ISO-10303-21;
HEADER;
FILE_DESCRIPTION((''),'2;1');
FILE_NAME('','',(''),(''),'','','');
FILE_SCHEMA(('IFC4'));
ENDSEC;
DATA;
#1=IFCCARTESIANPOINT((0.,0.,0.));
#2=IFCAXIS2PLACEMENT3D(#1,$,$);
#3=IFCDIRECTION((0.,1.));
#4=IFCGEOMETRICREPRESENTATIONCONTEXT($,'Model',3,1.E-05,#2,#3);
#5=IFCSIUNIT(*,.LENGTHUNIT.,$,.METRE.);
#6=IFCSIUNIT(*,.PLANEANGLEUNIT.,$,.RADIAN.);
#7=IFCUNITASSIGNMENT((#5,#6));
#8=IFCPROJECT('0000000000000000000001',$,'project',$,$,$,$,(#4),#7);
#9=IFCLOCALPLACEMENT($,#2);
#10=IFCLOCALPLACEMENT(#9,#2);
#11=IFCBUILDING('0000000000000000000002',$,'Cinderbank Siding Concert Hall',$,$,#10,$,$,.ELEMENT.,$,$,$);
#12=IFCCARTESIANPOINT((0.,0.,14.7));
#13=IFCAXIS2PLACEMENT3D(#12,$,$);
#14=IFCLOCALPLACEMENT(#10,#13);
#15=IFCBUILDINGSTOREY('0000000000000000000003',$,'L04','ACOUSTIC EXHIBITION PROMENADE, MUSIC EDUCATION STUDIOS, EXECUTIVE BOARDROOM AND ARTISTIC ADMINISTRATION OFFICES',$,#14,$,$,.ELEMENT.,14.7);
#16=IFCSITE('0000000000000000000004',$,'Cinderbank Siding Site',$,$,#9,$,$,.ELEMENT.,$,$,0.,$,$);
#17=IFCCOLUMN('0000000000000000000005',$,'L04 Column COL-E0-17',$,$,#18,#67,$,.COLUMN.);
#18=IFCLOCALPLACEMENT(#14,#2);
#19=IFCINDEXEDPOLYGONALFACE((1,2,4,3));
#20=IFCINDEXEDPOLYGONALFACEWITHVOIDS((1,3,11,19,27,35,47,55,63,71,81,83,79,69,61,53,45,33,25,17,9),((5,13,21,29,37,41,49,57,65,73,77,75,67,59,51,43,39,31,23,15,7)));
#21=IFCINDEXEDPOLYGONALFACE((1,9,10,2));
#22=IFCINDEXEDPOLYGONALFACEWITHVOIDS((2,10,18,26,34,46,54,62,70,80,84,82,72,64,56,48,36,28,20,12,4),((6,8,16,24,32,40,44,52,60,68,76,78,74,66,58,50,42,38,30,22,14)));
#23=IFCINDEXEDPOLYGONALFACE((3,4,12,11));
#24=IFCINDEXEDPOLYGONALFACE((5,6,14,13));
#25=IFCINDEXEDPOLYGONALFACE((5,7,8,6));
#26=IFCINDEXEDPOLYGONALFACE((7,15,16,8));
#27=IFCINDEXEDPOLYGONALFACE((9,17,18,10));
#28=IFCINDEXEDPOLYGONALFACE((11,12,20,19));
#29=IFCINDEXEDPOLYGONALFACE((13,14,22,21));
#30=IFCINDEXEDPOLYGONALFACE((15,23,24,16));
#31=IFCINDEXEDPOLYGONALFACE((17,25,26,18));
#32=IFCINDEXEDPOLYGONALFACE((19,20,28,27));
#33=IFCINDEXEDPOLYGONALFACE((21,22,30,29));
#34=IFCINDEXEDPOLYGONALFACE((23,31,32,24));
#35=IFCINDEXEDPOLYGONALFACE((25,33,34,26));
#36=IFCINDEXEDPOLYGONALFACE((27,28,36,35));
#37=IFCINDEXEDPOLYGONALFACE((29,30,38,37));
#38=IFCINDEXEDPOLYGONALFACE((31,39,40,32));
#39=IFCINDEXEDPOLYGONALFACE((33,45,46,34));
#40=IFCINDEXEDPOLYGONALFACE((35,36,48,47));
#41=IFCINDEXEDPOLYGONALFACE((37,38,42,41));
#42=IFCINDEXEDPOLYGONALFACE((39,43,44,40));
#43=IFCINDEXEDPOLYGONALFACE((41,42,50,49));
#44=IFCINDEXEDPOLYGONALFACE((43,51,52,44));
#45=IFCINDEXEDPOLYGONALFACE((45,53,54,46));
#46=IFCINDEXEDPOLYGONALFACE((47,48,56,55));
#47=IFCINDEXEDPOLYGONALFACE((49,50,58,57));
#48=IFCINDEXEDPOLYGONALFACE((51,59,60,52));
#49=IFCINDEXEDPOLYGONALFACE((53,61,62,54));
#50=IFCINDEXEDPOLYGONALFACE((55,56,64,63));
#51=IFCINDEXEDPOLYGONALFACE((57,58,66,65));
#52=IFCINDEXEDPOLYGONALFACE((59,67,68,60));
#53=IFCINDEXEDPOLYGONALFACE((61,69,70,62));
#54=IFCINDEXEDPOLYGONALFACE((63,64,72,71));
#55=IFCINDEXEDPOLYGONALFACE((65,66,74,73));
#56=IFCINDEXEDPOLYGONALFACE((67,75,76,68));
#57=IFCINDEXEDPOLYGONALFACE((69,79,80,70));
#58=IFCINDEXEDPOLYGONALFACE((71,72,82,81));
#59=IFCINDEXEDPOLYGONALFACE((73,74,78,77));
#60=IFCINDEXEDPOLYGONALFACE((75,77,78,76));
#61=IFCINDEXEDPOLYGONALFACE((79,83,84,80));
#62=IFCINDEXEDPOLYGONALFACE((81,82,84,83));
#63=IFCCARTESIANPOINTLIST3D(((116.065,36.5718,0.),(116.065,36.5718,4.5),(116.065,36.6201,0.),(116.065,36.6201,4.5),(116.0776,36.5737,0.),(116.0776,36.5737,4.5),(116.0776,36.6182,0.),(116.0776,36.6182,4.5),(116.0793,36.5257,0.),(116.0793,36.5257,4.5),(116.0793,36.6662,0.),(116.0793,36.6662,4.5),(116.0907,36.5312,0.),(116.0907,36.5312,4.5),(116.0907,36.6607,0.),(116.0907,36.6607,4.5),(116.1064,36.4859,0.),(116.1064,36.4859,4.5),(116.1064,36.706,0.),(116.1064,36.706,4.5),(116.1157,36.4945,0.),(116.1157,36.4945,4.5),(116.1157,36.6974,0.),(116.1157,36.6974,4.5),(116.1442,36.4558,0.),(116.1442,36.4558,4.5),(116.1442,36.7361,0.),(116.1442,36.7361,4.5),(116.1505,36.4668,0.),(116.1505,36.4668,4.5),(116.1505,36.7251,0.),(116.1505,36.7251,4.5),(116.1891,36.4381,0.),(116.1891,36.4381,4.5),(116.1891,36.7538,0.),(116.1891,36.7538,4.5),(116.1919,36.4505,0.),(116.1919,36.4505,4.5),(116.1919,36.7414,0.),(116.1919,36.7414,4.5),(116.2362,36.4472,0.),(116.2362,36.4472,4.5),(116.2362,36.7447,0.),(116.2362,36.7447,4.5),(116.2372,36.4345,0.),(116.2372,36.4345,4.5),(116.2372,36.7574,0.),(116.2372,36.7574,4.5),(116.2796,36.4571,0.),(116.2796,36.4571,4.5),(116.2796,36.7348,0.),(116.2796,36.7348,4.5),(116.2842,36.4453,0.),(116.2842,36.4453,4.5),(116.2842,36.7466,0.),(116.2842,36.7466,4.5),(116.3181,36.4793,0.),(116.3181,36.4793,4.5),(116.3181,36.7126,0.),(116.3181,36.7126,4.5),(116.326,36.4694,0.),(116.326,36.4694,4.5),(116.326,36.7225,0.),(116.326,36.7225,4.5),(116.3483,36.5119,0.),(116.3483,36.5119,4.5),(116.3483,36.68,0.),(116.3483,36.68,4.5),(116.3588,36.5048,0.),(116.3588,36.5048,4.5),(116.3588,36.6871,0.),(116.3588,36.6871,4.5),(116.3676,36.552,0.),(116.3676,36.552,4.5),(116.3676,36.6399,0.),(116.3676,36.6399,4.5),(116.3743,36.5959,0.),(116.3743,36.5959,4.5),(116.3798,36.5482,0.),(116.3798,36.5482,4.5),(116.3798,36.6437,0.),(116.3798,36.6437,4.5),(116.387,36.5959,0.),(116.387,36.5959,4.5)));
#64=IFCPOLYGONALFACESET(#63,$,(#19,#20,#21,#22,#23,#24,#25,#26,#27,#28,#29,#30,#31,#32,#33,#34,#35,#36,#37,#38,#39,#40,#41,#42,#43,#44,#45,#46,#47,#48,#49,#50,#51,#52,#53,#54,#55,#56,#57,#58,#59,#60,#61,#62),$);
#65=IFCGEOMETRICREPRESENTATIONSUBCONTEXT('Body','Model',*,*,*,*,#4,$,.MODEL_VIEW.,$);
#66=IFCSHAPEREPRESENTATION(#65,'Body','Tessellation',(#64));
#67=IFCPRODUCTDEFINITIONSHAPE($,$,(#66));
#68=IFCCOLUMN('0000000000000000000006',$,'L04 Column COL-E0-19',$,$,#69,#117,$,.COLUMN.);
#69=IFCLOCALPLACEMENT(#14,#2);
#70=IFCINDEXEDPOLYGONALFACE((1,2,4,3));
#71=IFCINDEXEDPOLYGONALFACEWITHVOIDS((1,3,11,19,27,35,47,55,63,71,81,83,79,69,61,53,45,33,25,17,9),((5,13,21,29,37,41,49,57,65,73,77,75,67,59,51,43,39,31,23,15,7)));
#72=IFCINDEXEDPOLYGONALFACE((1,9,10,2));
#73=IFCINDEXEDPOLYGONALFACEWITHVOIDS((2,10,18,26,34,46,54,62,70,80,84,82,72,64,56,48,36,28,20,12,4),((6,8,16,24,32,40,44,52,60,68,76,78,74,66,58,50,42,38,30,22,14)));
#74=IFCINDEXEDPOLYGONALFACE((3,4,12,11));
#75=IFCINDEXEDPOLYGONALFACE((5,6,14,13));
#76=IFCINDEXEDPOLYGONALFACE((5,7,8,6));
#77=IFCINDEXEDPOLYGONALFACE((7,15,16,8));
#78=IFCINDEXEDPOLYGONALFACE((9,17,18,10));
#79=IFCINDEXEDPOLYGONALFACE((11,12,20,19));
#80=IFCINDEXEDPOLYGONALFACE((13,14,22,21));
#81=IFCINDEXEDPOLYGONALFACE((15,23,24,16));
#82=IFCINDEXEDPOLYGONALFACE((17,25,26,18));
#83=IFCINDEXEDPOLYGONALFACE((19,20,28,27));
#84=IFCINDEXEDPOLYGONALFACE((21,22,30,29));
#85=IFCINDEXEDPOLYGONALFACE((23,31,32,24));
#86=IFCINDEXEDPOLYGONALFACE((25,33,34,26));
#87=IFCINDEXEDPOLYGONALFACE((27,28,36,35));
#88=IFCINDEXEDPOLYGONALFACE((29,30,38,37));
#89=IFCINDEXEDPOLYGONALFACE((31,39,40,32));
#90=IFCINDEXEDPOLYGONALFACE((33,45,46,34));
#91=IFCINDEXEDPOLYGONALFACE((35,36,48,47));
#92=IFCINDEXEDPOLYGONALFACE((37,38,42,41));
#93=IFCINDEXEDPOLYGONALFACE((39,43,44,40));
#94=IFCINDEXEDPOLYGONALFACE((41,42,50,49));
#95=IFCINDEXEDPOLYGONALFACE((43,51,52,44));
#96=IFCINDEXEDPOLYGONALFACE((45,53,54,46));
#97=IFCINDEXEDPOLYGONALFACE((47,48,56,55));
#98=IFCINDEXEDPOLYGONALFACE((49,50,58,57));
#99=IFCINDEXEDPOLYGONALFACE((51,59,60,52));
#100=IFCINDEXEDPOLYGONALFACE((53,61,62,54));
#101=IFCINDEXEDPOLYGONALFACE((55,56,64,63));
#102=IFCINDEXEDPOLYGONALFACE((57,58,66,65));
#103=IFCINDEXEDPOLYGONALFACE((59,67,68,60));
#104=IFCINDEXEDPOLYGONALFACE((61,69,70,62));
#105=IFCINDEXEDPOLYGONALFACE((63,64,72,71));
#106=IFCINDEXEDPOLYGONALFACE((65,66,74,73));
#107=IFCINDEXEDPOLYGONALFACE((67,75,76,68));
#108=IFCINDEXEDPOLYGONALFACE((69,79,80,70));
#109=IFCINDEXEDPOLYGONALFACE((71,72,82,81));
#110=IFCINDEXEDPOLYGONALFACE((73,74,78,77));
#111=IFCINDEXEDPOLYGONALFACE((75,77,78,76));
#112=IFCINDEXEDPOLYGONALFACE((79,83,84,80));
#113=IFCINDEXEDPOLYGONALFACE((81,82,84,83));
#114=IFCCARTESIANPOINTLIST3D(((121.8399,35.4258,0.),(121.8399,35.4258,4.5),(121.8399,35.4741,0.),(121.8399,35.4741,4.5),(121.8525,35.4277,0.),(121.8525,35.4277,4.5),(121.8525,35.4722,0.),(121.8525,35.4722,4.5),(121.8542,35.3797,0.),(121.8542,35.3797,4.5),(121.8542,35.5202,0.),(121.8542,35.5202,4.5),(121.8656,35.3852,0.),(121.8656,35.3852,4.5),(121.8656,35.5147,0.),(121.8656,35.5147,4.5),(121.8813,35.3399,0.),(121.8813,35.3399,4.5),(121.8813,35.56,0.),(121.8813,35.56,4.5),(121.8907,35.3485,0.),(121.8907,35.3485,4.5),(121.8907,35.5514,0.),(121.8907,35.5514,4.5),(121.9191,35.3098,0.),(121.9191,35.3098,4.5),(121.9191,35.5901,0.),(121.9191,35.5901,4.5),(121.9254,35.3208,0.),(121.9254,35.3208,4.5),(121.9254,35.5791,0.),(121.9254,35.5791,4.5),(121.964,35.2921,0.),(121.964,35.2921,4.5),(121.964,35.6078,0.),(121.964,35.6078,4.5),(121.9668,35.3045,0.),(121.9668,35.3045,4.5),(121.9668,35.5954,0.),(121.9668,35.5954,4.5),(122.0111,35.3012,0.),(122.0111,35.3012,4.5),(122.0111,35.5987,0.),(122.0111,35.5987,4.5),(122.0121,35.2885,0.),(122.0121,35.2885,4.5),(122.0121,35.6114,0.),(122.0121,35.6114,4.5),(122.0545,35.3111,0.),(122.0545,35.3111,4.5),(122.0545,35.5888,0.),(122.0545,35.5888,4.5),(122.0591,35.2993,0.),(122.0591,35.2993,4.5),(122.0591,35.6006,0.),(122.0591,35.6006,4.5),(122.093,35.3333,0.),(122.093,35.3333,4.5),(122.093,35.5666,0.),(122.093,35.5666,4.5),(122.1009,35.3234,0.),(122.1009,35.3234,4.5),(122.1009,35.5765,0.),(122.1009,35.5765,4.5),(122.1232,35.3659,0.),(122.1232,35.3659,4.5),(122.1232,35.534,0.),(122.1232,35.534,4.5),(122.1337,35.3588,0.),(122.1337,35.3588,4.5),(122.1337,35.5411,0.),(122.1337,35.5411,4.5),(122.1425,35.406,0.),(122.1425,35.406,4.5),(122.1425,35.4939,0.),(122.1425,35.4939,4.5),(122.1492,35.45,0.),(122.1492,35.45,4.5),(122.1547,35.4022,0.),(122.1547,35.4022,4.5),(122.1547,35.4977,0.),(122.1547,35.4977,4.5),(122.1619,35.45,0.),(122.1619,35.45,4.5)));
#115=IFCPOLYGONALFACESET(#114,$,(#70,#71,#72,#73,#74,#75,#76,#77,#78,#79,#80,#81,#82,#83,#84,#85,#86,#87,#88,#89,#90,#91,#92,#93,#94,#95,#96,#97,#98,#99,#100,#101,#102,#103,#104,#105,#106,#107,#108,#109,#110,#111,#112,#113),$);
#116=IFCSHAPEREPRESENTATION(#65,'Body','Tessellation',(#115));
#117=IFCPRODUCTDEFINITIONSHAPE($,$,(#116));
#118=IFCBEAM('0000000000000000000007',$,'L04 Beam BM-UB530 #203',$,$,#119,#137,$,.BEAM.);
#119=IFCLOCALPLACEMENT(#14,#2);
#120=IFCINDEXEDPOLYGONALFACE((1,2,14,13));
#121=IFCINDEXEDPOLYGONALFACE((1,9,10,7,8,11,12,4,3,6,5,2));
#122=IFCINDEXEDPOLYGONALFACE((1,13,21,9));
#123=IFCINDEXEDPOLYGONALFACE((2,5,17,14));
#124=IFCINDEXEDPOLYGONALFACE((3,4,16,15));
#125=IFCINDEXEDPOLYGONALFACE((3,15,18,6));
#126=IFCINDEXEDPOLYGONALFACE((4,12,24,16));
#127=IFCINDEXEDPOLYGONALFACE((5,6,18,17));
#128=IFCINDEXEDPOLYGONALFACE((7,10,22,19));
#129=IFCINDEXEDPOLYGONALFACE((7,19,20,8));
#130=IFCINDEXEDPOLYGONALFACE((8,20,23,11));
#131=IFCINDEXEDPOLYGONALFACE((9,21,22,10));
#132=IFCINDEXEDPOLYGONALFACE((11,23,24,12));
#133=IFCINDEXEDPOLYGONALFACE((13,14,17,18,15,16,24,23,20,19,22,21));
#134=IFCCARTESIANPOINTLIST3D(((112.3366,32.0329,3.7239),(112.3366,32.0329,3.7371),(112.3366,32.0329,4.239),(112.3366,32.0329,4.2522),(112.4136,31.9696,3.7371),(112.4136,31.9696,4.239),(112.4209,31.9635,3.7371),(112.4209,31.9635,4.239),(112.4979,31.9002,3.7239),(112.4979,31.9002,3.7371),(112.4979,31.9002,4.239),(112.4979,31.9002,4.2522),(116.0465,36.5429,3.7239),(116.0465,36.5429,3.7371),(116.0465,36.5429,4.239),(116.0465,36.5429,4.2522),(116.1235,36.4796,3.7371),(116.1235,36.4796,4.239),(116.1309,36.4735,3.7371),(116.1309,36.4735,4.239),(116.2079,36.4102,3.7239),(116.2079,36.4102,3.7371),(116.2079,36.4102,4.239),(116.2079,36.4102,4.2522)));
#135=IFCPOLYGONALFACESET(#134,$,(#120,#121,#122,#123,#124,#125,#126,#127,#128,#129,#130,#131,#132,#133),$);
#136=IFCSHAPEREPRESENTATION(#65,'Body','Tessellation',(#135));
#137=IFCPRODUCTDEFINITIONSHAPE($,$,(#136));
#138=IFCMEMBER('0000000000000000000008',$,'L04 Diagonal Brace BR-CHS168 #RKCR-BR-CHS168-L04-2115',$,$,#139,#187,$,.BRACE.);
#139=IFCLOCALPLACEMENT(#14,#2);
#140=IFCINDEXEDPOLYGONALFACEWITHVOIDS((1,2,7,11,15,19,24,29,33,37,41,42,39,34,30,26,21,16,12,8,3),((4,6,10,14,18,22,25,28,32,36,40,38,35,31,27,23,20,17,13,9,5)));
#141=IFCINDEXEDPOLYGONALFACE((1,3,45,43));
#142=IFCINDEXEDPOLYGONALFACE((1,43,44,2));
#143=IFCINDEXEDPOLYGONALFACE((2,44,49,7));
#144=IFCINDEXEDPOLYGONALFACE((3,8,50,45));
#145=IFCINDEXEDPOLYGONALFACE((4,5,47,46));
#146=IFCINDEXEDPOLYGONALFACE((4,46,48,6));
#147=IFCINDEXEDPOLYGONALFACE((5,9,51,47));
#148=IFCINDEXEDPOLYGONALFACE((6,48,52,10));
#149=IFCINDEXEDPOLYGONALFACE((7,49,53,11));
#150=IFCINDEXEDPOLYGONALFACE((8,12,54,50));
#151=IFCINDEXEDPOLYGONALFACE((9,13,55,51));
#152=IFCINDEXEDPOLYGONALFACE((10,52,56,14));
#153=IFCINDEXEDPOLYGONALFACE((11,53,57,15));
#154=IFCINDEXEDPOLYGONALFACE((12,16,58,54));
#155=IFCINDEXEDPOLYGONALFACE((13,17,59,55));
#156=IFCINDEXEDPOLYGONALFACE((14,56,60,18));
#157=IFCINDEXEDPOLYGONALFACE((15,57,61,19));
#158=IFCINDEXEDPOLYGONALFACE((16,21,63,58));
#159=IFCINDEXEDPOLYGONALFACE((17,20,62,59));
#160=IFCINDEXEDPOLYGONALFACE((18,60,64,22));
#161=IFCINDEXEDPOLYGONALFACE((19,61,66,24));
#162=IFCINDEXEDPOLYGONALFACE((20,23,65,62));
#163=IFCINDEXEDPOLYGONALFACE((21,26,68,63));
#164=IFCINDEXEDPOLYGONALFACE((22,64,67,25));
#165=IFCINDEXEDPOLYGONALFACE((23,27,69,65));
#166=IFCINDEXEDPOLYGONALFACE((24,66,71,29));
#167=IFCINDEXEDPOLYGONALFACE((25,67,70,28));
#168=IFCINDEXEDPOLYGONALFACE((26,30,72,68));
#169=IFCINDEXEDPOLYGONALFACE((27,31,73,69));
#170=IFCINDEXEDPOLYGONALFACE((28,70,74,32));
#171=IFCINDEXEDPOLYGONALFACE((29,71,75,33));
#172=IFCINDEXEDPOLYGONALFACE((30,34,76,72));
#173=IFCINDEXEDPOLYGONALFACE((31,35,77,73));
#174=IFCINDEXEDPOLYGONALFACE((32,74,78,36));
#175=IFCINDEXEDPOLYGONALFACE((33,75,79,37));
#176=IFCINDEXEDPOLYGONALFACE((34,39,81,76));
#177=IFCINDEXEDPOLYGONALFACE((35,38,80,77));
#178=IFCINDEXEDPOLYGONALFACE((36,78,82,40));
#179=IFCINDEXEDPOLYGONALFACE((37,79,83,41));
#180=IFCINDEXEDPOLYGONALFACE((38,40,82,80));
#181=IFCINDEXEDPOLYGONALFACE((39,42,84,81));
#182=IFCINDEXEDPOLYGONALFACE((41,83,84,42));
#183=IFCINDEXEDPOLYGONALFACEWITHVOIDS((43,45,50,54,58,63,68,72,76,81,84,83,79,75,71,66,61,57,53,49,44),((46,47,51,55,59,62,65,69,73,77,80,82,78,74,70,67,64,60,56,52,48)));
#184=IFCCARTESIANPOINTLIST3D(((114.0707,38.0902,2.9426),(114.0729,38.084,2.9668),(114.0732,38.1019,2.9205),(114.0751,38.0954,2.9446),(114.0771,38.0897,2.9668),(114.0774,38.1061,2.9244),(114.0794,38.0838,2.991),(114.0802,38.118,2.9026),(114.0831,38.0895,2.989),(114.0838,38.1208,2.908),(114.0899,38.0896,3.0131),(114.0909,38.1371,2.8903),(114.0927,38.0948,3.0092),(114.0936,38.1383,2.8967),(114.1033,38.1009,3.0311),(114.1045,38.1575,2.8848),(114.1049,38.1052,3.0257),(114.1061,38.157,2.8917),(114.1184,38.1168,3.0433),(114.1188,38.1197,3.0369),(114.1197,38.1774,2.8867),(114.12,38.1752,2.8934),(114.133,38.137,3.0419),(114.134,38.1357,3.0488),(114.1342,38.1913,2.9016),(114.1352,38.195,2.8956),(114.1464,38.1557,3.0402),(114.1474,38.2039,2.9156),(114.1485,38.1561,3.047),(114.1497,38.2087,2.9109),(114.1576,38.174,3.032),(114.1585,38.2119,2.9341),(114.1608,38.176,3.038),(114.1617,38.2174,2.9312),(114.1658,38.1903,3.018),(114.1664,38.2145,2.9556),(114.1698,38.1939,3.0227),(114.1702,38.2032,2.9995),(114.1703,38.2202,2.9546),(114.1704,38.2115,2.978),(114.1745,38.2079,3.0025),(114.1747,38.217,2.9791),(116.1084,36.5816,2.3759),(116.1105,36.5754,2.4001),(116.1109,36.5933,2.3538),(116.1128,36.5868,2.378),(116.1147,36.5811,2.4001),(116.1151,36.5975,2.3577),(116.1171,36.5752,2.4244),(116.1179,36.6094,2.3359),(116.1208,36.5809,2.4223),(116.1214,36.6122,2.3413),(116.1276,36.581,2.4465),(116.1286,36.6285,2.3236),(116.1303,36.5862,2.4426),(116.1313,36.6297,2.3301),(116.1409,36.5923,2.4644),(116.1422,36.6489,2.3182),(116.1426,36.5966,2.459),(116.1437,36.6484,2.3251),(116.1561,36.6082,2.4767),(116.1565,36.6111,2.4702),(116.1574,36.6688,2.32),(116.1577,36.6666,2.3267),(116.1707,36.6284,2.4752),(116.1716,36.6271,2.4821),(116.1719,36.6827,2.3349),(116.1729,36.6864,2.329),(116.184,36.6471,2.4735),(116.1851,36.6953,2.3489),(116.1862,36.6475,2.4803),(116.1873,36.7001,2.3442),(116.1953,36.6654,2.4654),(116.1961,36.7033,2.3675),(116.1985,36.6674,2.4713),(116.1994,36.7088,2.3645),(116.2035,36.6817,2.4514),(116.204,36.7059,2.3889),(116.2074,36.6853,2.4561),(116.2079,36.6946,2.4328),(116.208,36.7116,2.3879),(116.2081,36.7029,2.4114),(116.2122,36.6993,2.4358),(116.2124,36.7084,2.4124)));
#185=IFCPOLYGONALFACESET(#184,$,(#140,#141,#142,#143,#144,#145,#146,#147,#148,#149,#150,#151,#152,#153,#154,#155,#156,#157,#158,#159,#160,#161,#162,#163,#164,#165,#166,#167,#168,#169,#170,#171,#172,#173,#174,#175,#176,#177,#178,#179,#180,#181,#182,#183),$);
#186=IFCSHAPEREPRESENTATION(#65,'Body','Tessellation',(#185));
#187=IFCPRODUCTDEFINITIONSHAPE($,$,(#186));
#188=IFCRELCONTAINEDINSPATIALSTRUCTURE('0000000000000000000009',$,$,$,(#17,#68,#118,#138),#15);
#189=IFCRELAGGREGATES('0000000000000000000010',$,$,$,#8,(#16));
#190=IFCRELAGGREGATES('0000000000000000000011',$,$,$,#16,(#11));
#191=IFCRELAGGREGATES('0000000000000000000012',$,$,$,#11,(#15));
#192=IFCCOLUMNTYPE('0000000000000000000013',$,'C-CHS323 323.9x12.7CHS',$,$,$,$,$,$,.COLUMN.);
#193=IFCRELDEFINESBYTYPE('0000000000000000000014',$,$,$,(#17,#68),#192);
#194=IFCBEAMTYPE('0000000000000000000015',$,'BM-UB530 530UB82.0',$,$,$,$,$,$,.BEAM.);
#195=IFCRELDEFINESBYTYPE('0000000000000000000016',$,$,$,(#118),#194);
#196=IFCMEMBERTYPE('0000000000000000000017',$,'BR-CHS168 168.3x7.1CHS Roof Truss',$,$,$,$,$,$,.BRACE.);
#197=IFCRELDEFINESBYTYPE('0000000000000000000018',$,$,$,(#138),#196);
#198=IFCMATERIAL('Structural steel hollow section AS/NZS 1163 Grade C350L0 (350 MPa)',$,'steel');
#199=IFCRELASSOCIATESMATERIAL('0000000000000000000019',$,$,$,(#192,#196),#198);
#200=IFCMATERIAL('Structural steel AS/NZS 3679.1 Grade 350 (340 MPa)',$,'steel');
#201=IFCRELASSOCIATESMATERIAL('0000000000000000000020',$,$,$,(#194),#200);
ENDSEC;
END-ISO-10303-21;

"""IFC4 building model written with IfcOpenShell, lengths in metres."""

from ifc_helpers import new_model, si_unit, direction, frame, origin, origin_2d, place, context, subcontext, project, spatial, hollow_circle, i_section, extrude, material, material_profile, profile_set, type_object, element, save


model = new_model("IFC4")

# Units and contexts
model_context = context("Model", 3, precision=1e-05, world=origin(), true_north=direction((0.0, 1.0)))
body_context = subcontext(model_context, "Body", "Model", "MODEL_VIEW")
ifc_project = project(units=[si_unit("LENGTHUNIT", "METRE"), si_unit("PLANEANGLEUNIT", "RADIAN")], contexts=[model_context])

# Site, building, storey
site_placement = place(None, origin())
site = spatial("IfcSite", under=ifc_project, at=site_placement, Name="Cinderbank Siding Site", CompositionType="ELEMENT", RefElevation=0.0)
building_placement = place(site_placement, origin())
building = spatial("IfcBuilding", under=site, at=building_placement, Name="Cinderbank Siding Concert Hall", CompositionType="ELEMENT")
storey_placement = place(building_placement, frame((0.0, 0.0, 14.7)))
storey = spatial("IfcBuildingStorey", under=building, at=storey_placement, Name="L04", Description="ACOUSTIC EXHIBITION PROMENADE, MUSIC EDUCATION STUDIOS, EXECUTIVE BOARDROOM AND ARTISTIC ADMINISTRATION OFFICES", CompositionType="ELEMENT", Elevation=14.7)

# Columns
ifc_material_1 = material(Name="Structural steel hollow section AS/NZS 1163 Grade C350L0 (350 MPa)", Category="steel")
ifc_material_profile_1 = material_profile(ifc_material_1, hollow_circle(Radius=0.1619, WallThickness=0.0127, at=origin_2d()), Name="323.9x12.7CHS", Category="LoadBearing")
ifc_profile_set_1 = profile_set([ifc_material_profile_1], Name="Structural steel hollow section AS/NZS 1163 Grade C350L0 (350 MPa)")
column_type = type_object("IfcColumnType", Name="C-CHS323 323.9x12.7CHS", PredefinedType="COLUMN", material=ifc_profile_set_1)
for number, where, z_axis, x_axis, name in (
    (1, (116.2251, 36.5959, 0.0), (0.0, 0.0, 1.0), (1.0, 0.0, 0.0), "L04 Column COL-E0-17"),
    (2, (122.0, 35.45, 0.0), (0.0, 0.0, 1.0), (1.0, 0.0, 0.0), "L04 Column COL-E0-19"),
):
    element("IfcColumn", number, at=place(storey_placement, frame(where, z_axis=z_axis, x_axis=x_axis)), inside=storey, type_object=column_type, Name=name, PredefinedType="COLUMN", context=body_context, shape_type="SweptSolid", body=[
        extrude(hollow_circle(Radius=0.1619, WallThickness=0.0127, at=origin_2d()), origin(), (0.0, 0.0, 1.0), 4.5),
    ])

# Beam
ifc_material_2 = material(Name="Structural steel AS/NZS 3679.1 Grade 350 (340 MPa)", Category="steel")
ifc_material_profile_2 = material_profile(ifc_material_2, i_section(OverallWidth=0.209, OverallDepth=0.5283, WebThickness=0.0095, FlangeThickness=0.0132, at=origin_2d()), Name="530UB82.0", Category="LoadBearing")
ifc_profile_set_2 = profile_set([ifc_material_profile_2], Name="Structural steel AS/NZS 3679.1 Grade 350 (340 MPa)")
beam_type_1 = type_object("IfcBeamType", Name="BM-UB530 530UB82.0", PredefinedType="BEAM", material=ifc_profile_set_2)
beam_placement = place(storey_placement, frame((116.1272, 36.4766, 3.988), z_axis=(-0.635282, -0.77228, 0.0), x_axis=(0.77228, -0.635282, 0.0)))
element("IfcBeam", 3, at=beam_placement, inside=storey, type_object=beam_type_1, Name="L04 Beam BM-UB530 #203", PredefinedType="BEAM", context=body_context, shape_type="SweptSolid", body=[
    extrude(i_section(OverallWidth=0.209, OverallDepth=0.5283, WebThickness=0.0095, FlangeThickness=0.0132, at=origin_2d()), origin(), (0.0, 0.0, 1.0), 5.8398),
])

# Member
ifc_material_profile_3 = material_profile(ifc_material_1, hollow_circle(Radius=0.0842, WallThickness=0.0071, at=origin_2d()), Name="168.3x7.1CHS", Category="LoadBearing")
ifc_profile_set_3 = profile_set([ifc_material_profile_3], Name="Structural steel hollow section AS/NZS 1163 Grade C350L0 (350 MPa)")
member_type = type_object("IfcMemberType", Name="BR-CHS168 168.3x7.1CHS Roof Truss", PredefinedType="BRACE", material=ifc_profile_set_3)
for number, where, z_axis, x_axis, name in (
    (4, (116.1606, 36.6431, 2.4001), (-0.784353, 0.580699, 0.218126), (-0.595027, -0.803706, 0.0), "L04 Diagonal Brace BR-CHS168 #RKCR-BR-CHS168-L04-2115"),
):
    element("IfcMember", number, at=place(storey_placement, frame(where, z_axis=z_axis, x_axis=x_axis)), inside=storey, type_object=member_type, Name=name, PredefinedType="BRACE", context=body_context, shape_type="SweptSolid", body=[
        extrude(hollow_circle(Radius=0.0842, WallThickness=0.0071, at=origin_2d()), origin(), (0.0, 0.0, 1.0), 2.5979),
    ])

save(model, "model.ifc")
